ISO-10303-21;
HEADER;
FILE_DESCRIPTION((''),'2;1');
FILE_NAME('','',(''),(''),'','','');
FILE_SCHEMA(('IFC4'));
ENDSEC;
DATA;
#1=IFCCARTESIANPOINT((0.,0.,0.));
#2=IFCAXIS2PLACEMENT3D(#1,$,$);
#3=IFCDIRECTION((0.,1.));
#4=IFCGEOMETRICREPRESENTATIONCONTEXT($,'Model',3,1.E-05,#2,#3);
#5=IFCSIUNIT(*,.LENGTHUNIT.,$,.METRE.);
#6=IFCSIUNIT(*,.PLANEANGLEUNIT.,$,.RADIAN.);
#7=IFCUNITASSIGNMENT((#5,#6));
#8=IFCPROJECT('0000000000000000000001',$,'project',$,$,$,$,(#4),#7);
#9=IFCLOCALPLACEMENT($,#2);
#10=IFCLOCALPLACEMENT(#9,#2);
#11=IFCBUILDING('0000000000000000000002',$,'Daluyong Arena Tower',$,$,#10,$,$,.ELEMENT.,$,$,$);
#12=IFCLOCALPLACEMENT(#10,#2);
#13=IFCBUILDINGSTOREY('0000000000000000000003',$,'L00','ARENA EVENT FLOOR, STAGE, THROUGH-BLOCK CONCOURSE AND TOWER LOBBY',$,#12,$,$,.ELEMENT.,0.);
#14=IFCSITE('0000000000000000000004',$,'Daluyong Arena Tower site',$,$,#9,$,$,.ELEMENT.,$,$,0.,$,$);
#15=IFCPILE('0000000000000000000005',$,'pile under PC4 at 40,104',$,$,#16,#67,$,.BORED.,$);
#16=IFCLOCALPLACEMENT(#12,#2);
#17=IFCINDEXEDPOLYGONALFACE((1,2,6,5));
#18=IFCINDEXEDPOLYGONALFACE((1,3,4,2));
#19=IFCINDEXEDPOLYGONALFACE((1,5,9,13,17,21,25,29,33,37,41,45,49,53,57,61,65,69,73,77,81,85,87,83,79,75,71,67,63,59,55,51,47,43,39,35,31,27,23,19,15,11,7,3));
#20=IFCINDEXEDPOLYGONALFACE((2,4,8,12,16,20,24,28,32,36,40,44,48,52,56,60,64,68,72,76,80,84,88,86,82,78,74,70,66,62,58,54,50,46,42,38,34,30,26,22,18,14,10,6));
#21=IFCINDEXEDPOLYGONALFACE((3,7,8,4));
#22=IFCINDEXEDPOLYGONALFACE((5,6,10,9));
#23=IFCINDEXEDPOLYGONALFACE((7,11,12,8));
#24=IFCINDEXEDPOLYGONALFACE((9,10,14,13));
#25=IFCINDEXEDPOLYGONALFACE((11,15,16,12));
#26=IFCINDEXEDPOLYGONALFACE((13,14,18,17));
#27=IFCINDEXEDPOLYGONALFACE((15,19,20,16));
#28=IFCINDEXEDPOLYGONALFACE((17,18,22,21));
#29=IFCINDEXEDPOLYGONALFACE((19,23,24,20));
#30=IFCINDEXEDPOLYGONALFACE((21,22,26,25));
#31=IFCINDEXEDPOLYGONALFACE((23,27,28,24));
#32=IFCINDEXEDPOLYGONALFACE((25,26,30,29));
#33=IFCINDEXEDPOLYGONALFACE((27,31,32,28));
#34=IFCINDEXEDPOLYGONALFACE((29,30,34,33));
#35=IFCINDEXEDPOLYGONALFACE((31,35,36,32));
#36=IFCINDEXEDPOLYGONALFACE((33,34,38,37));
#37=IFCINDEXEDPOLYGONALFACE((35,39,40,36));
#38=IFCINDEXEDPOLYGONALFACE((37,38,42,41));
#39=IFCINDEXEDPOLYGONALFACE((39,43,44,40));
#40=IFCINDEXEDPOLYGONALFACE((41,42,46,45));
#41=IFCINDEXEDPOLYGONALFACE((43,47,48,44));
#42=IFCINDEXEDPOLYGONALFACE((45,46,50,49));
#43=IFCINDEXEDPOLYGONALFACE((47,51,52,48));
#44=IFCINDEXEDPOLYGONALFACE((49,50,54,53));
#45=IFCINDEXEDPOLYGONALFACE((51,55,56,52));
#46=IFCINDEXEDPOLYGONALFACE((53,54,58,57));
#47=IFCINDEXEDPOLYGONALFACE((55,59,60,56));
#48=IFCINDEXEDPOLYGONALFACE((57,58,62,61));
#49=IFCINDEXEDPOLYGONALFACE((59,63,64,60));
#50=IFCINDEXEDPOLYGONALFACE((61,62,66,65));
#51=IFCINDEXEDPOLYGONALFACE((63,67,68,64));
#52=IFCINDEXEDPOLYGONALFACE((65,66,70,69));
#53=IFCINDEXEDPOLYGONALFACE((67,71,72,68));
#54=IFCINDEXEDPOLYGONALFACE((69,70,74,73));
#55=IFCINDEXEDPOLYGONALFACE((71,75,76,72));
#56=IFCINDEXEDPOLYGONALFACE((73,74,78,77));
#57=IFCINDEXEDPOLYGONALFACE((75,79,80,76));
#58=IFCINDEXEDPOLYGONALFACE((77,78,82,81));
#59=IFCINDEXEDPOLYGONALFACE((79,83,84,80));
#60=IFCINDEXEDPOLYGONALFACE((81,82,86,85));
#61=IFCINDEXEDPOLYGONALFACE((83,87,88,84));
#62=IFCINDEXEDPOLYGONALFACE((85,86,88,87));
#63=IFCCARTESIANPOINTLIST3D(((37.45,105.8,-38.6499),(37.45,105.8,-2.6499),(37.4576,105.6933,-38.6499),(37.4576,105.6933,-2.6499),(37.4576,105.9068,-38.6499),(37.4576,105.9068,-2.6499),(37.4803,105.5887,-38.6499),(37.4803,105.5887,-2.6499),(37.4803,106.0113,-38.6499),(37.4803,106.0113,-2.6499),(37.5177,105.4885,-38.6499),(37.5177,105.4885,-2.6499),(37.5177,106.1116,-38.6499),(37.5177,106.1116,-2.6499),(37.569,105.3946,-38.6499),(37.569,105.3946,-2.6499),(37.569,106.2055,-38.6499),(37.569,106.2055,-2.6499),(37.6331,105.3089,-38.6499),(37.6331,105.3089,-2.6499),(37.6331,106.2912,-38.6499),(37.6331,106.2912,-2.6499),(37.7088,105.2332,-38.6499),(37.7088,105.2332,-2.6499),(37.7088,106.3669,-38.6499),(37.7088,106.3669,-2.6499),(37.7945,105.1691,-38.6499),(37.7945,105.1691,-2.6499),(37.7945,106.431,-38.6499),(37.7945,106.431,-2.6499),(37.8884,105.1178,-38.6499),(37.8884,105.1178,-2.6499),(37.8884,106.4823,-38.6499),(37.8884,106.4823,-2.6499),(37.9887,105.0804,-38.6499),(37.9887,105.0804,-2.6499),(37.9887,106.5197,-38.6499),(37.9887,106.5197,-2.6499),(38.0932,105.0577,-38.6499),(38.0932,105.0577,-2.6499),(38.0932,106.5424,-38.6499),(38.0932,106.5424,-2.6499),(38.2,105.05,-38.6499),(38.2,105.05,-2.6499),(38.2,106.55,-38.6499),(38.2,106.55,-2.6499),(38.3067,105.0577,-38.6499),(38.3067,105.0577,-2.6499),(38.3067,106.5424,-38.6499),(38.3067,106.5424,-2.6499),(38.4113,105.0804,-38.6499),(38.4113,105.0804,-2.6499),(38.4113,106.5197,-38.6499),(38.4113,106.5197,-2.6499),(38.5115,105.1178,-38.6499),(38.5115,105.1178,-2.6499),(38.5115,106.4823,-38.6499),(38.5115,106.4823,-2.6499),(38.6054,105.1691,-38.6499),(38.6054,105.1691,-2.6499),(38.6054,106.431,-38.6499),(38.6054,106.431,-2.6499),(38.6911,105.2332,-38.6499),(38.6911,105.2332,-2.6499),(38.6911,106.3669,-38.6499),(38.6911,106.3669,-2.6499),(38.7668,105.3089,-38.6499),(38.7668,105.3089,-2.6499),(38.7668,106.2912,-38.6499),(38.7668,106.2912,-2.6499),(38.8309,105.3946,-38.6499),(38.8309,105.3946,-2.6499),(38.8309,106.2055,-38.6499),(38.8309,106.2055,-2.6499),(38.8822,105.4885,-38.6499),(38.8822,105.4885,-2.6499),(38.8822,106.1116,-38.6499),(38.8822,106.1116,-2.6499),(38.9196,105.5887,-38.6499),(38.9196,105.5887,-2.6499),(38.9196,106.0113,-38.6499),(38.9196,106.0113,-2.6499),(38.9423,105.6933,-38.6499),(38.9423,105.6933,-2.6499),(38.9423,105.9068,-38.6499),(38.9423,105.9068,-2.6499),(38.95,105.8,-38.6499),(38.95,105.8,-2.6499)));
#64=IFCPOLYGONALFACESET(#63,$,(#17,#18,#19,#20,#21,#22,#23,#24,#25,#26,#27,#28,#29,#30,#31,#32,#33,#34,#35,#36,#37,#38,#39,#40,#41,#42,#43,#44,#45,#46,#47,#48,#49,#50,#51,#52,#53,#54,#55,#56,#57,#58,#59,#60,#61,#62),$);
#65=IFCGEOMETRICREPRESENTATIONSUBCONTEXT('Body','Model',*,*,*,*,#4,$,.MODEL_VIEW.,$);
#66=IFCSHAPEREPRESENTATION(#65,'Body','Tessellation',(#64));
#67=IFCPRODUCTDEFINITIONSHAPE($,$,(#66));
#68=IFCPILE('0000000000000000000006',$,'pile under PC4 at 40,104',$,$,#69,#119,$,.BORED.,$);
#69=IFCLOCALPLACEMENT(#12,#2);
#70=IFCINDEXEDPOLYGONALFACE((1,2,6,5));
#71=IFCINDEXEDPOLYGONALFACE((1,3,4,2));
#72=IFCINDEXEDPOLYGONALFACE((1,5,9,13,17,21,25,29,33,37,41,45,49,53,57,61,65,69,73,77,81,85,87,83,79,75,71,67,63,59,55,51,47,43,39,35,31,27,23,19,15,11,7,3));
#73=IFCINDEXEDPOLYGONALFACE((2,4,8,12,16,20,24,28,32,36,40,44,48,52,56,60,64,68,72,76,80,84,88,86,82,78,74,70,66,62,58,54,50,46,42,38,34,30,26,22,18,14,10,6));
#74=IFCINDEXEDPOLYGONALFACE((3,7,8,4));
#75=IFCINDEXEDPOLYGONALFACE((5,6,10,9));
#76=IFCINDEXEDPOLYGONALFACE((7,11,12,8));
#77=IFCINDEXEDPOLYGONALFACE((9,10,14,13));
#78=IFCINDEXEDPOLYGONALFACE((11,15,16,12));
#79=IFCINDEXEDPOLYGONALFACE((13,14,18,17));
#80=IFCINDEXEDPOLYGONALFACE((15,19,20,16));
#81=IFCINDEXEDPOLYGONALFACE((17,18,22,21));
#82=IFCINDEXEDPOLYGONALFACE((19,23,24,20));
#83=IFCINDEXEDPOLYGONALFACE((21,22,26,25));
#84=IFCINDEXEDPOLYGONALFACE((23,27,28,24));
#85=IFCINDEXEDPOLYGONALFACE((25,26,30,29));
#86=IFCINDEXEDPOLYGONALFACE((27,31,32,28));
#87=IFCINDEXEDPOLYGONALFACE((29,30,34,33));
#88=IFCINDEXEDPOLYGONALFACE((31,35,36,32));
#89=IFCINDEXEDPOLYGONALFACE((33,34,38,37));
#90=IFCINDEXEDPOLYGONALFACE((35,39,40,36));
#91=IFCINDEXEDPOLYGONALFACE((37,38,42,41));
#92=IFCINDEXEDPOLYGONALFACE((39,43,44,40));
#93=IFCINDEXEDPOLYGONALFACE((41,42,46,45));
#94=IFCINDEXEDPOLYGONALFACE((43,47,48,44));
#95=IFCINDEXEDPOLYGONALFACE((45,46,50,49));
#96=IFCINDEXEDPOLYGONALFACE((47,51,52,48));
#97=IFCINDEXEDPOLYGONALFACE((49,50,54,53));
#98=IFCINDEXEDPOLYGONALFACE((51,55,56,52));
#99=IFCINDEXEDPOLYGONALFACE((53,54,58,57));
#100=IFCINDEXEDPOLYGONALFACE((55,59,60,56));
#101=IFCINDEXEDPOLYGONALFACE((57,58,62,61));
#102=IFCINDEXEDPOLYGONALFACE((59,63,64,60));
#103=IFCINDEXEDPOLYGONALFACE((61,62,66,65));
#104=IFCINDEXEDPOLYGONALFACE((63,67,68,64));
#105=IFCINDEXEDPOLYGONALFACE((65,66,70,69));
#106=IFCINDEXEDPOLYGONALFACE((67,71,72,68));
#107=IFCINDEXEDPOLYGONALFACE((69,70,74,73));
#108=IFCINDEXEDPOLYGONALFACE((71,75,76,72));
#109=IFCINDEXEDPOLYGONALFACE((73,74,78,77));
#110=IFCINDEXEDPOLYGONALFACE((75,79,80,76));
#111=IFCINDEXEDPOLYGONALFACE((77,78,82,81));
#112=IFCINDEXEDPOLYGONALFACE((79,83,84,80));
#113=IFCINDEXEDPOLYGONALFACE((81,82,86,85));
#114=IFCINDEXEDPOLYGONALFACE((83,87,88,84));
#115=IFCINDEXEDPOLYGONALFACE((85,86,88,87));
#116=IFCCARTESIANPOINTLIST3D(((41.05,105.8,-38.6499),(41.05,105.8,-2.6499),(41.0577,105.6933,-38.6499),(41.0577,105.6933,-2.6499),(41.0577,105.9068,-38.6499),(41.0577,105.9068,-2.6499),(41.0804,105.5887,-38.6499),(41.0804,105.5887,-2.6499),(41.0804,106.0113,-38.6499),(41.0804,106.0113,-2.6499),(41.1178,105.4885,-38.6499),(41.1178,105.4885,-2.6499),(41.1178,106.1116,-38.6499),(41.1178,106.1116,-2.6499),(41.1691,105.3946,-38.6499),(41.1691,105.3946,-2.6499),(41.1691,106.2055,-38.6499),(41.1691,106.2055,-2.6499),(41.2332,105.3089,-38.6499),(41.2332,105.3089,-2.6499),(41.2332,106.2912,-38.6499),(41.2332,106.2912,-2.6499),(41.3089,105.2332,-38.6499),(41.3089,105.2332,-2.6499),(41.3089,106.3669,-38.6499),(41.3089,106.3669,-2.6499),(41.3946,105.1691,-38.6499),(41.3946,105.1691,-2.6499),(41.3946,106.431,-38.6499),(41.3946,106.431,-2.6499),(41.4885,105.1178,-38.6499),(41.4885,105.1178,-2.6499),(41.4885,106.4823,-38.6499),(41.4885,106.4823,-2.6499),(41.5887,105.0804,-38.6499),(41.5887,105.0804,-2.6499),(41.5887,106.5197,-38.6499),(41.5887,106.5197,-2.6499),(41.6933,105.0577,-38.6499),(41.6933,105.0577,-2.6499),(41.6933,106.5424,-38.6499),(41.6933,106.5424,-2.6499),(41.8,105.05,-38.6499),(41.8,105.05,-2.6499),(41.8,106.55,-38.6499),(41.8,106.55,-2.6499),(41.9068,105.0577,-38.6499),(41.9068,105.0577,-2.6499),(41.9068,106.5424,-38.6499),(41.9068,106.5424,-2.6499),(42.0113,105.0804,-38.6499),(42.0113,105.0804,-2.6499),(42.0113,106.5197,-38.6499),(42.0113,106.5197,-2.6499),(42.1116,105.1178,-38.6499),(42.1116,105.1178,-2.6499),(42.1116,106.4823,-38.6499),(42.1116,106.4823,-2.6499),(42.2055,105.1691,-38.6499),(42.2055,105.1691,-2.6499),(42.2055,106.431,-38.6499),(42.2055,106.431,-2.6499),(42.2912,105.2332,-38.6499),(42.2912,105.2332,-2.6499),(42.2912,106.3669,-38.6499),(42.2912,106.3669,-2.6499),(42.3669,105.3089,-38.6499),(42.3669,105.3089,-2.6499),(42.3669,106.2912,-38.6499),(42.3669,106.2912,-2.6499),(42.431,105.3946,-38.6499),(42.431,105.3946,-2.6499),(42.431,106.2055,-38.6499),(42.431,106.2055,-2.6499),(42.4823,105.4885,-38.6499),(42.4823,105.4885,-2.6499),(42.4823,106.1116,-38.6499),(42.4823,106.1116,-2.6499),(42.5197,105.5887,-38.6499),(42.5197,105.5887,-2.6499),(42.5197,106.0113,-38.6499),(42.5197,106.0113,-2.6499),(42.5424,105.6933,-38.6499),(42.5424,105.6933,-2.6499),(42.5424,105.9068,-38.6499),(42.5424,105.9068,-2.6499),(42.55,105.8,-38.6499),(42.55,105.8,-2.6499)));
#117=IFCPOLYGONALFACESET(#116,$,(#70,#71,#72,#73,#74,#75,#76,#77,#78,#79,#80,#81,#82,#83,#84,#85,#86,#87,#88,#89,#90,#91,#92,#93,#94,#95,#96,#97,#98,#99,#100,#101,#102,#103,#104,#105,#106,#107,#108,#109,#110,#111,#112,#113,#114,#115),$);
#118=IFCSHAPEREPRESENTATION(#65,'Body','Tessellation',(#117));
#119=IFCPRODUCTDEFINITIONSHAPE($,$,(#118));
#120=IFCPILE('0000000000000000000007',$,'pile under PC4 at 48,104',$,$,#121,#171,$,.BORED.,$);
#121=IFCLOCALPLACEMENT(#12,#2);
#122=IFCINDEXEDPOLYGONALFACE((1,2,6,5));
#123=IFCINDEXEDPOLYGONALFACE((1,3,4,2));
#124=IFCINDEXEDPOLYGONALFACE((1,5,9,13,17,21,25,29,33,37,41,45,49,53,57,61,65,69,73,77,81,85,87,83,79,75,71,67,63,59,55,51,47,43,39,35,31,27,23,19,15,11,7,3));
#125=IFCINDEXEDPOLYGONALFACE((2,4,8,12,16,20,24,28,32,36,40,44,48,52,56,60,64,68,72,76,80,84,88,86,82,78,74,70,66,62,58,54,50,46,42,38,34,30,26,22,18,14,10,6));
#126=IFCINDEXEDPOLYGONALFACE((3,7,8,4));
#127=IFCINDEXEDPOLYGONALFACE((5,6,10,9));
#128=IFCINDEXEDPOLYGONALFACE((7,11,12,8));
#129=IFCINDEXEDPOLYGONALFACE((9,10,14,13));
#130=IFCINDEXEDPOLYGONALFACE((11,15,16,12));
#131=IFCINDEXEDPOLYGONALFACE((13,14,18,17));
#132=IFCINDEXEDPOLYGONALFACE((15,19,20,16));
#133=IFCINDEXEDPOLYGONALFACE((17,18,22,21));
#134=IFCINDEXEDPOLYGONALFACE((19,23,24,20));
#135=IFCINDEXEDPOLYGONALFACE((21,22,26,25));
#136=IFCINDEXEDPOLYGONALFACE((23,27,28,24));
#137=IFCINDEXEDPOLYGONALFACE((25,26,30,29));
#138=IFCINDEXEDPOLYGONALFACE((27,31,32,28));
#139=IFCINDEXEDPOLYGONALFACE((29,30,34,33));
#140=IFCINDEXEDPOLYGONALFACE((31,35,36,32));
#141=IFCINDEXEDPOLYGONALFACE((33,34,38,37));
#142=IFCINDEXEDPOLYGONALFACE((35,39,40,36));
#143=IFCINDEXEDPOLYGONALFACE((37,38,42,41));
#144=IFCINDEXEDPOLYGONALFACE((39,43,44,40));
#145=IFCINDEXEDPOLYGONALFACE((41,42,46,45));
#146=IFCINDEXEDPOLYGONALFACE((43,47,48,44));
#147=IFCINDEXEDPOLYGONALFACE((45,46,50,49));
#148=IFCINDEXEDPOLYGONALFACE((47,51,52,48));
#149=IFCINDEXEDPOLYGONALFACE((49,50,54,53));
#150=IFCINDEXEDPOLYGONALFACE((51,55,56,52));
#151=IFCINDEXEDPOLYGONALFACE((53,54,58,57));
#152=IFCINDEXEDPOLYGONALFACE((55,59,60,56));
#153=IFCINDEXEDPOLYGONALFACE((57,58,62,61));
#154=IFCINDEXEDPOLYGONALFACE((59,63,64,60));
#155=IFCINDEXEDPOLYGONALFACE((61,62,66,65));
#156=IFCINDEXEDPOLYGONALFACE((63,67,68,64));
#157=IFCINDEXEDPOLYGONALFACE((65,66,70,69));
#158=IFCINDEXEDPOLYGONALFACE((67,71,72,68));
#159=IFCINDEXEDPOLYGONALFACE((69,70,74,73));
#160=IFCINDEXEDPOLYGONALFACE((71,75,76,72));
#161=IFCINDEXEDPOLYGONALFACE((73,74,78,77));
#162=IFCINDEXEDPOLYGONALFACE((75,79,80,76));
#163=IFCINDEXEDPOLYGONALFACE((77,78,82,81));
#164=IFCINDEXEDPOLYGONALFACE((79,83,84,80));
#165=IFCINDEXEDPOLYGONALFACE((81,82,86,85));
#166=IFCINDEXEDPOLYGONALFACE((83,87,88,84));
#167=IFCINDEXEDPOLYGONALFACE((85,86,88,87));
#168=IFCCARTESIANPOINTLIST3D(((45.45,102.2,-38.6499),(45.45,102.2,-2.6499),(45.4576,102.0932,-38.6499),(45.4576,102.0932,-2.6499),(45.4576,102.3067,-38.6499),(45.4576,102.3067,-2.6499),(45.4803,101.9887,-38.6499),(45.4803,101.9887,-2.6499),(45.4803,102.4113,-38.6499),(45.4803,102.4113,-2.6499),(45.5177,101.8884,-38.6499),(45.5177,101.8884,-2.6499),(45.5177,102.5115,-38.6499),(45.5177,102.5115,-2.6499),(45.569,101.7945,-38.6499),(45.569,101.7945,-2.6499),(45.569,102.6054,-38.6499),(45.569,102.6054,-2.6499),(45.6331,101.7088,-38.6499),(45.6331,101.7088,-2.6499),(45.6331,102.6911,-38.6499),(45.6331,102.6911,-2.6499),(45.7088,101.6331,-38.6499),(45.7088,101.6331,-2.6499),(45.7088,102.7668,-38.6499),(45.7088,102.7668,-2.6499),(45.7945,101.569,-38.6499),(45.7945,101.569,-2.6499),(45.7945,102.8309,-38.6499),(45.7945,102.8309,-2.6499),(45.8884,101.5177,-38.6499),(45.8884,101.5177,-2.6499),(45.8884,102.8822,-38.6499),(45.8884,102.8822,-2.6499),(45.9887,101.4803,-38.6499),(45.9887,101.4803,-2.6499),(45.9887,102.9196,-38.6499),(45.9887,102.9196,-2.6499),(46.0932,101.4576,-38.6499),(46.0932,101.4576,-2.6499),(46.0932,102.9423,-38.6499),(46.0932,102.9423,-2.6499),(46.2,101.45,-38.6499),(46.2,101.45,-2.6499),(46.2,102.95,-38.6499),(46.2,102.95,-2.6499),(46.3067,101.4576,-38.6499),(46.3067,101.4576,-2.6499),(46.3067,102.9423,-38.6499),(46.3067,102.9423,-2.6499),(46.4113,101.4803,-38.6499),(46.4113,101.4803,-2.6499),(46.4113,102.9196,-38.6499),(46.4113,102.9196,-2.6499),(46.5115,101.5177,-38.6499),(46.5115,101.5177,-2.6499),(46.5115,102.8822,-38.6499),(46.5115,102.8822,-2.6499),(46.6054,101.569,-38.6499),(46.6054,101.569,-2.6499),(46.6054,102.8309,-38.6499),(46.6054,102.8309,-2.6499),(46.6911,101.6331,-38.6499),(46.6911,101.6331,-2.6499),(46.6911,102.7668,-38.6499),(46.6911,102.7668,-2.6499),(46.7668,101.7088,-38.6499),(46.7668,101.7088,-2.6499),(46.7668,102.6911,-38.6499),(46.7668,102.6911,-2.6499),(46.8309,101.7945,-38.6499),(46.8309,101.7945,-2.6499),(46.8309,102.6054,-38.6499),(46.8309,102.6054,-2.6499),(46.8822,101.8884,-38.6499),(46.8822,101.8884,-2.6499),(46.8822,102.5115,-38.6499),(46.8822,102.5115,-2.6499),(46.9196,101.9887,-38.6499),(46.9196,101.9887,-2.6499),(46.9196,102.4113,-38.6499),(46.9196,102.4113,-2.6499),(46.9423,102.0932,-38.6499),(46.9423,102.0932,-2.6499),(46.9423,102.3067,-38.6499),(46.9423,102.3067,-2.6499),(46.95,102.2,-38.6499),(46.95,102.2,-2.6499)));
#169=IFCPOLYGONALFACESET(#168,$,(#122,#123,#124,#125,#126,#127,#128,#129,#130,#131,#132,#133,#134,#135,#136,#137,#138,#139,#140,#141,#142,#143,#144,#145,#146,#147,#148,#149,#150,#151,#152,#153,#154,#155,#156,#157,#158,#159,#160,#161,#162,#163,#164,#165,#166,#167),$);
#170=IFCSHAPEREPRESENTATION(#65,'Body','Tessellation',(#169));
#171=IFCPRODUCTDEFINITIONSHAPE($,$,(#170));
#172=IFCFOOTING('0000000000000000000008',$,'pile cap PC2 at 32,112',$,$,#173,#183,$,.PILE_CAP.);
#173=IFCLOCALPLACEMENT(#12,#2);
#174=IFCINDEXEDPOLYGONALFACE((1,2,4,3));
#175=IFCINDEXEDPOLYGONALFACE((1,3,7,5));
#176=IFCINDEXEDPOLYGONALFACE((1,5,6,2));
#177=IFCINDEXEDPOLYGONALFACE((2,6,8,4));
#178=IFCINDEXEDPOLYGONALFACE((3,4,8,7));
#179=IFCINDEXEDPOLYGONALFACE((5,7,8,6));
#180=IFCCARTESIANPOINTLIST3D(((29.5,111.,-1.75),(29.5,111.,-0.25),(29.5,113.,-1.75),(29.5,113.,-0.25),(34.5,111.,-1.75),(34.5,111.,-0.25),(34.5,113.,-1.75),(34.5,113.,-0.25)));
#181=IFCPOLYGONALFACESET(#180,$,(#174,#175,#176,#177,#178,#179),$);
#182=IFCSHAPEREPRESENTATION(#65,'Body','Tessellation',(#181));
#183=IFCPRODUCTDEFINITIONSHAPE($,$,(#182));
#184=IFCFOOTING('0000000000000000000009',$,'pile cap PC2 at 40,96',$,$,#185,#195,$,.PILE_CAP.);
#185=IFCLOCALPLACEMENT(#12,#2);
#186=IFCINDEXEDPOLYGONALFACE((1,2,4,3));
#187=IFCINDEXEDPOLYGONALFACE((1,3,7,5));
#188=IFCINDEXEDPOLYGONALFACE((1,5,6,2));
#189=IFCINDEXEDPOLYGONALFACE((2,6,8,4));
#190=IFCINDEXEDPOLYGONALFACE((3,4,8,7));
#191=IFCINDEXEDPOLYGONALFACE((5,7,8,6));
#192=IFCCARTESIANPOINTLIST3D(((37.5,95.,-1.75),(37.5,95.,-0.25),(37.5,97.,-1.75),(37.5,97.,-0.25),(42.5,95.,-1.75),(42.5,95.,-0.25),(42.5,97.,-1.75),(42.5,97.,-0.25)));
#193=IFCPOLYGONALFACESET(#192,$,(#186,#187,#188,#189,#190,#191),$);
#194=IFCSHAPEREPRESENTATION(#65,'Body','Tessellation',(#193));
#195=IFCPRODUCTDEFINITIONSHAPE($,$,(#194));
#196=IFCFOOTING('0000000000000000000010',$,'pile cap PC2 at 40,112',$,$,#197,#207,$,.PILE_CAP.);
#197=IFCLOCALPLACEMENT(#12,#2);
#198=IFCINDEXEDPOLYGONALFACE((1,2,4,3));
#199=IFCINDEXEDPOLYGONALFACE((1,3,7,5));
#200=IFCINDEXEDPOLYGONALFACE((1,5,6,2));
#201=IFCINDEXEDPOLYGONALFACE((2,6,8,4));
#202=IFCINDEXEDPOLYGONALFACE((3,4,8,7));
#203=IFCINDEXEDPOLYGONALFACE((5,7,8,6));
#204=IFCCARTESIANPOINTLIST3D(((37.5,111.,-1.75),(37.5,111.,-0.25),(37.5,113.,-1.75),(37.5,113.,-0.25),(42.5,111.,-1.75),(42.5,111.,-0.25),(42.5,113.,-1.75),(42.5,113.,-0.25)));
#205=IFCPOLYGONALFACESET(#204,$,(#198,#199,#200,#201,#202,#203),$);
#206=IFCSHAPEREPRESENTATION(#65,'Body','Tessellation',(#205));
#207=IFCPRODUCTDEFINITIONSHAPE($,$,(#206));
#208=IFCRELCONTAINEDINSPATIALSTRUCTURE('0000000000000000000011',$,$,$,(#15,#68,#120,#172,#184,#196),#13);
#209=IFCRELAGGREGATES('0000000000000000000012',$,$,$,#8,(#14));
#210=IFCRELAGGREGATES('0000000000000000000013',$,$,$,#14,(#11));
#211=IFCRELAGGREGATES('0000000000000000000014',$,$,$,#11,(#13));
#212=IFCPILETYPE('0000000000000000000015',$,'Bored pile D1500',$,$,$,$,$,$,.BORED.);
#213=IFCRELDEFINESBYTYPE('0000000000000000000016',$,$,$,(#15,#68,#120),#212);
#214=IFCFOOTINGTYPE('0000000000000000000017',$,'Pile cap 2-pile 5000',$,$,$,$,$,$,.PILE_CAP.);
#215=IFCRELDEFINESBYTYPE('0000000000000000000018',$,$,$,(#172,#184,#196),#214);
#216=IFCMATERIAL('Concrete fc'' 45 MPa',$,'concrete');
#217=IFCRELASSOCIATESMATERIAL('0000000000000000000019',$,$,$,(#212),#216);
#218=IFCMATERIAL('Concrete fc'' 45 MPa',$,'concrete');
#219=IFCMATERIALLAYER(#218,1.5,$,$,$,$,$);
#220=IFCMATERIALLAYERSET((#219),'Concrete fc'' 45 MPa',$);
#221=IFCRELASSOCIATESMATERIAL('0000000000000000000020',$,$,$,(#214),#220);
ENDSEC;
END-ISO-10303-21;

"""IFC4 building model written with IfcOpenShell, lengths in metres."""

from ifc_helpers import new_model, si_unit, direction, frame, origin, origin_2d, place, context, subcontext, project, spatial, rectangle, circle, extrude, material, layer, layer_set, type_object, element, save


model = new_model("IFC4")

# Units and contexts
model_context = context("Model", 3, precision=1e-05, world=origin(), true_north=direction((0.0, 1.0)))
body_context = subcontext(model_context, "Body", "Model", "MODEL_VIEW")
ifc_project = project(units=[si_unit("LENGTHUNIT", "METRE"), si_unit("PLANEANGLEUNIT", "RADIAN")], contexts=[model_context])

# Site, building, storey
site_placement = place(None, origin())
site = spatial("IfcSite", under=ifc_project, at=site_placement, Name="Daluyong Arena Tower site", CompositionType="ELEMENT", RefElevation=0.0)
building_placement = place(site_placement, origin())
building = spatial("IfcBuilding", under=site, at=building_placement, Name="Daluyong Arena Tower", CompositionType="ELEMENT")
storey_placement = place(building_placement, origin())
storey = spatial("IfcBuildingStorey", under=building, at=storey_placement, Name="L00", Description="ARENA EVENT FLOOR, STAGE, THROUGH-BLOCK CONCOURSE AND TOWER LOBBY", CompositionType="ELEMENT", Elevation=0.0)

# Piles
ifc_material_1 = material(Name="Concrete fc' 45 MPa", Category="concrete")
pile_type_1 = type_object("IfcPileType", Name="Bored pile D1500", PredefinedType="BORED", material=ifc_material_1)
for number, where, z_axis, x_axis, name in (
    (1, (38.2, 105.8, -2.6499), (0.0, 0.0, -1.0), (1.0, 0.0, 0.0), "pile under PC4 at 40,104"),
    (2, (41.8, 105.8, -2.6499), (0.0, 0.0, -1.0), (1.0, 0.0, 0.0), "pile under PC4 at 40,104"),
    (3, (46.2, 102.2, -2.6499), (0.0, 0.0, -1.0), (1.0, 0.0, 0.0), "pile under PC4 at 48,104"),
):
    element("IfcPile", number, at=place(storey_placement, frame(where, z_axis=z_axis, x_axis=x_axis)), inside=storey, type_object=pile_type_1, Name=name, PredefinedType="BORED", context=body_context, shape_type="SweptSolid", body=[
        extrude(circle(Radius=0.75, at=origin_2d()), origin(), (0.0, 0.0, 1.0), 36.0),
    ])

# Footings
ifc_material_2 = material(Name="Concrete fc' 45 MPa", Category="concrete")
ifc_layer_1 = layer(ifc_material_2, 1.5)
ifc_layer_set_1 = layer_set([ifc_layer_1], Name="Concrete fc' 45 MPa")
footing_type_1 = type_object("IfcFootingType", Name="Pile cap 2-pile 5000", PredefinedType="PILE_CAP", material=ifc_layer_set_1)
for number, where, z_axis, x_axis, name in (
    (4, (32.0, 112.0, -1.75), (0.0, 0.0, 1.0), (1.0, 0.0, 0.0), "pile cap PC2 at 32,112"),
    (5, (40.0, 96.0, -1.75), (0.0, 0.0, 1.0), (1.0, 0.0, 0.0), "pile cap PC2 at 40,96"),
    (6, (40.0, 112.0, -1.75), (0.0, 0.0, 1.0), (1.0, 0.0, 0.0), "pile cap PC2 at 40,112"),
):
    element("IfcFooting", number, at=place(storey_placement, frame(where, z_axis=z_axis, x_axis=x_axis)), inside=storey, type_object=footing_type_1, Name=name, PredefinedType="PILE_CAP", context=body_context, shape_type="SweptSolid", body=[
        extrude(rectangle(XDim=5.0, YDim=2.0, at=origin_2d()), origin(), (0.0, 0.0, 1.0), 1.5),
    ])

save(model, "model.ifc")
